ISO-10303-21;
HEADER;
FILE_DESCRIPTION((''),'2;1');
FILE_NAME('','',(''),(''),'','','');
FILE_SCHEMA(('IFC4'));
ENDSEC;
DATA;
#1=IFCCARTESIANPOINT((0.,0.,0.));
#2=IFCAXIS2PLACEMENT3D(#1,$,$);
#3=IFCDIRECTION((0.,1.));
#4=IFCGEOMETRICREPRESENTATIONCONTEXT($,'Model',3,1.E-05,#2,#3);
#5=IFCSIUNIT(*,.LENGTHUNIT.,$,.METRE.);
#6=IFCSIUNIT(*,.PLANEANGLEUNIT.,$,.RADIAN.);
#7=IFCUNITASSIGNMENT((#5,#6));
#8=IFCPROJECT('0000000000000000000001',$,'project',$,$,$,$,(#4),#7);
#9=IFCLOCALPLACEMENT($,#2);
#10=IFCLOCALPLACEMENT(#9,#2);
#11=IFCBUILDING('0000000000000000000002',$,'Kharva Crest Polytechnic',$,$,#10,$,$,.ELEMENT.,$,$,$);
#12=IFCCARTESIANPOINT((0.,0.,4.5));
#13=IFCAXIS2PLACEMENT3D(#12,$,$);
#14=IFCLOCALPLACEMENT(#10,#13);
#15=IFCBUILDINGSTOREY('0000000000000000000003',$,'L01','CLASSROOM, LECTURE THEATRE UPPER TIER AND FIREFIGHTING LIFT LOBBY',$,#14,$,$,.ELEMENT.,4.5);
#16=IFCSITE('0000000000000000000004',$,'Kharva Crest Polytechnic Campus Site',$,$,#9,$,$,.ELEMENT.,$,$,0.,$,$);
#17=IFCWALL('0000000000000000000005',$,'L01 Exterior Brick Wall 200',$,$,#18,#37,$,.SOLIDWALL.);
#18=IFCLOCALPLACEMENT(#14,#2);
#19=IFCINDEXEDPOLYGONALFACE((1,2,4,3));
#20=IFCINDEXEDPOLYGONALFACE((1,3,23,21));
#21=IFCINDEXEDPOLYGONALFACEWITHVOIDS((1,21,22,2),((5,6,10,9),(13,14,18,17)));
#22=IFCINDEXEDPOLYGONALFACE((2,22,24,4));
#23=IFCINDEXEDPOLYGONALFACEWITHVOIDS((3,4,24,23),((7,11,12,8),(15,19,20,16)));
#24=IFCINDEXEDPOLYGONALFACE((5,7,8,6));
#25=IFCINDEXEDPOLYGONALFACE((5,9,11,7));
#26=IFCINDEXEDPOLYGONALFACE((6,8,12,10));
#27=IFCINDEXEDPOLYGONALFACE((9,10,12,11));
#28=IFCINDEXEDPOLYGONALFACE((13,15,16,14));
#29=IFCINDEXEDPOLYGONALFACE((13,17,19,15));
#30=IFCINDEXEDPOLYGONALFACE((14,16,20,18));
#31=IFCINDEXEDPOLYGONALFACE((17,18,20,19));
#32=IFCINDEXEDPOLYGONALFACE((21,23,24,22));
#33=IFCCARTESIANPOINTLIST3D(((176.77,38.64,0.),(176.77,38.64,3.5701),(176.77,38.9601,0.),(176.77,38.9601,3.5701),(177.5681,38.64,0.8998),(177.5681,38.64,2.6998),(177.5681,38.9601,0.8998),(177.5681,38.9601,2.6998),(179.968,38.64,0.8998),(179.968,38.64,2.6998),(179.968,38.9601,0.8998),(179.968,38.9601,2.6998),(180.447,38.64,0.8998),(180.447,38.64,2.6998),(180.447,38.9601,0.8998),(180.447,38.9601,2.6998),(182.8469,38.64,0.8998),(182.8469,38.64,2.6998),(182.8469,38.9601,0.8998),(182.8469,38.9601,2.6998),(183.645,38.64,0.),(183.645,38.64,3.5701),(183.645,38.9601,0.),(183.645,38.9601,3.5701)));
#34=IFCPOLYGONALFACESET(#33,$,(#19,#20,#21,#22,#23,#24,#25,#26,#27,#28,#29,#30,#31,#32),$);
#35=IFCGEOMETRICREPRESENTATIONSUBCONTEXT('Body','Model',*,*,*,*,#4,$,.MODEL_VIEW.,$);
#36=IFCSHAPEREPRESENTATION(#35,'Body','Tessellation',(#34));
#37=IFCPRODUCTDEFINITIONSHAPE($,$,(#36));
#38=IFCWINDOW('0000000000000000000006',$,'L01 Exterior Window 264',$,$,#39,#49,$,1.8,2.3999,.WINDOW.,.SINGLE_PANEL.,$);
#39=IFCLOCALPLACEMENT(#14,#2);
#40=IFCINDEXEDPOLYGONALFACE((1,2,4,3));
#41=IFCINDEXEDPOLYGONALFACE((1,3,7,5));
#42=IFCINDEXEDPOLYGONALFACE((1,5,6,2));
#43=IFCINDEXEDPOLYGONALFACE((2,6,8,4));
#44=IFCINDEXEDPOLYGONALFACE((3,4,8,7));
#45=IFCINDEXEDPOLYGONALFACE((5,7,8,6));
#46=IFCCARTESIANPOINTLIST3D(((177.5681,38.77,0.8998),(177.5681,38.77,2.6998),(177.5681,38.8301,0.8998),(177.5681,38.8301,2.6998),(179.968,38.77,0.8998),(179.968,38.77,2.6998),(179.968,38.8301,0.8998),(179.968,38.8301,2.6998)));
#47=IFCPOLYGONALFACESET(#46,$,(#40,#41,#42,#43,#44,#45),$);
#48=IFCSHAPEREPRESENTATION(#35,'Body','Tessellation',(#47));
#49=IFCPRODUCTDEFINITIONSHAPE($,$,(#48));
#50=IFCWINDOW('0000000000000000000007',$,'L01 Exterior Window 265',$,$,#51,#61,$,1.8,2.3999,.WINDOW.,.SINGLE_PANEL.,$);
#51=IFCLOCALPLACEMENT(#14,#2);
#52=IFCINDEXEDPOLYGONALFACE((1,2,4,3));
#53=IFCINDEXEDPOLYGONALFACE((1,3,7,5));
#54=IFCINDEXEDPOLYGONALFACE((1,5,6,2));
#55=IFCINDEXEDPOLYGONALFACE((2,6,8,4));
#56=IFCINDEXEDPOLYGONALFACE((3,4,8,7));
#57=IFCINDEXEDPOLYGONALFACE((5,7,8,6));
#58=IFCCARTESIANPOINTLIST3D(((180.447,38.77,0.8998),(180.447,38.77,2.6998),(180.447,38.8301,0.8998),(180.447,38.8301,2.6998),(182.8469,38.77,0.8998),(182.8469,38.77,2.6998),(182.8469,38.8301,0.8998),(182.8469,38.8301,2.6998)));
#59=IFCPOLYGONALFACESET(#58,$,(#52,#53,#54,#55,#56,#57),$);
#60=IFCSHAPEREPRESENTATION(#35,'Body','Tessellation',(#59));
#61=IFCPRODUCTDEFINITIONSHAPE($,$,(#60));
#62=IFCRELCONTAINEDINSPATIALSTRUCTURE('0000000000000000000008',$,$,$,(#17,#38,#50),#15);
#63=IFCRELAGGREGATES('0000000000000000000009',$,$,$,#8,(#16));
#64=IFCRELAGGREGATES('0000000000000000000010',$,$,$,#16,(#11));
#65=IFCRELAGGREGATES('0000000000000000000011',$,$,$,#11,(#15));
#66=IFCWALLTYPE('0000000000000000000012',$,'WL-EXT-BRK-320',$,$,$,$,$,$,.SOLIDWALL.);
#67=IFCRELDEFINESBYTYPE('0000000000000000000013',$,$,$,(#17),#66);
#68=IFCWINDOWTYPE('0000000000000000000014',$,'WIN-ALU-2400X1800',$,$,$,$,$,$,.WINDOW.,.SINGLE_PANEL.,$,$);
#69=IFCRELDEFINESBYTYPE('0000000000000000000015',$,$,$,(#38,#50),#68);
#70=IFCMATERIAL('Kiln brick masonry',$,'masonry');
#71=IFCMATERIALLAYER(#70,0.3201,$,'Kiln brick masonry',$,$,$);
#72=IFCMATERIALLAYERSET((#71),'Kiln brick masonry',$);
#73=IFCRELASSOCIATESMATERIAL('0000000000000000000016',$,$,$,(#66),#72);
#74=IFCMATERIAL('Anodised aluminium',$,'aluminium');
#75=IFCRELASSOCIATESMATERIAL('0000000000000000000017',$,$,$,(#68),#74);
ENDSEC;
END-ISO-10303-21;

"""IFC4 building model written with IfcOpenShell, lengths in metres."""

from ifc_helpers import new_model, si_unit, direction, frame, frame_2d, origin, place, context, subcontext, project, spatial, rectangle, extrude, material, layer, layer_set, type_object, element, fill, save


model = new_model("IFC4")

# Units and contexts
model_context = context("Model", 3, precision=1e-05, world=origin(), true_north=direction((0.0, 1.0)))
body_context = subcontext(model_context, "Body", "Model", "MODEL_VIEW")
ifc_project = project(units=[si_unit("LENGTHUNIT", "METRE"), si_unit("PLANEANGLEUNIT", "RADIAN")], contexts=[model_context])

# Site, building, storey
site_placement = place(None, origin())
site = spatial("IfcSite", under=ifc_project, at=site_placement, Name="Kharva Crest Polytechnic Campus Site", CompositionType="ELEMENT", RefElevation=0.0)
building_placement = place(site_placement, origin())
building = spatial("IfcBuilding", under=site, at=building_placement, Name="Kharva Crest Polytechnic", CompositionType="ELEMENT")
storey_placement = place(building_placement, frame((0.0, 0.0, 4.5)))
storey = spatial("IfcBuildingStorey", under=building, at=storey_placement, Name="L01", Description="CLASSROOM, LECTURE THEATRE UPPER TIER AND FIREFIGHTING LIFT LOBBY", CompositionType="ELEMENT", Elevation=4.5)

# Wall, openings, windows
ifc_material_1 = material(Name="Kiln brick masonry", Category="masonry")
ifc_layer_1 = layer(ifc_material_1, 0.3201, Name="Kiln brick masonry")
ifc_layer_set_1 = layer_set([ifc_layer_1], Name="Kiln brick masonry")
wall_type = type_object("IfcWallType", Name="WL-EXT-BRK-320", PredefinedType="SOLIDWALL", material=ifc_layer_set_1)
wall_placement = place(storey_placement, frame((176.77, 38.8, 0.0), z_axis=(0.0, 0.0, 1.0), x_axis=(1.0, 0.0, 0.0)))
wall = element("IfcWall", 1, at=wall_placement, inside=storey, type_object=wall_type, Name="L01 Exterior Brick Wall 200", PredefinedType="SOLIDWALL", context=body_context, shape_type="SweptSolid", body=[
    extrude(rectangle(XDim=6.875, YDim=0.3201, at=frame_2d((3.4375, 0.0))), origin(), (0.0, 0.0, 1.0), 3.5701),
])
opening_1_placement = place(wall_placement, frame((0.7981, 0.0, 0.8999)))
opening_1 = element("IfcOpeningElement", 2, at=opening_1_placement, cuts=wall, PredefinedType="OPENING", context=body_context, shape_type="SweptSolid", body=[
    extrude(rectangle(XDim=2.3999, YDim=1.8, at=frame_2d((1.2, 0.8999))), frame((0.0, 0.1699, 0.0), z_axis=(0.0, -1.0, 0.0), x_axis=(1.0, 0.0, 0.0)), (0.0, 0.0, 1.0), 0.3401),
])
opening_2_placement = place(wall_placement, frame((3.677, 0.0, 0.8999)))
opening_2 = element("IfcOpeningElement", 3, at=opening_2_placement, cuts=wall, PredefinedType="OPENING", context=body_context, shape_type="SweptSolid", body=[
    extrude(rectangle(XDim=2.3999, YDim=1.8, at=frame_2d((1.2, 0.8999))), frame((0.0, 0.1699, 0.0), z_axis=(0.0, -1.0, 0.0), x_axis=(1.0, 0.0, 0.0)), (0.0, 0.0, 1.0), 0.3401),
])
ifc_material_2 = material(Name="Anodised aluminium", Category="aluminium")
window_type = type_object("IfcWindowType", Name="WIN-ALU-2400X1800", PartitioningType="SINGLE_PANEL", PredefinedType="WINDOW", material=ifc_material_2)
window_1_placement = place(opening_1_placement, origin())
window_1 = element("IfcWindow", 4, at=window_1_placement, inside=storey, type_object=window_type, Name="L01 Exterior Window 264", OverallHeight=1.8, OverallWidth=2.3999, PartitioningType="SINGLE_PANEL", PredefinedType="WINDOW", context=body_context, shape_type="SweptSolid", body=[
    extrude(rectangle(XDim=2.3999, YDim=1.8, at=frame_2d((1.2, 0.8999))), frame((0.0, 0.03, 0.0), z_axis=(0.0, -1.0, 0.0), x_axis=(1.0, 0.0, 0.0)), (0.0, 0.0, 1.0), 0.0601),
])
fill(opening_1, window_1)
window_2_placement = place(opening_2_placement, origin())
window_2 = element("IfcWindow", 5, at=window_2_placement, inside=storey, type_object=window_type, Name="L01 Exterior Window 265", OverallHeight=1.8, OverallWidth=2.3999, PartitioningType="SINGLE_PANEL", PredefinedType="WINDOW", context=body_context, shape_type="SweptSolid", body=[
    extrude(rectangle(XDim=2.3999, YDim=1.8, at=frame_2d((1.2, 0.8999))), frame((0.0, 0.03, 0.0), z_axis=(0.0, -1.0, 0.0), x_axis=(1.0, 0.0, 0.0)), (0.0, 0.0, 1.0), 0.0601),
])
fill(opening_2, window_2)

save(model, "model.ifc")
